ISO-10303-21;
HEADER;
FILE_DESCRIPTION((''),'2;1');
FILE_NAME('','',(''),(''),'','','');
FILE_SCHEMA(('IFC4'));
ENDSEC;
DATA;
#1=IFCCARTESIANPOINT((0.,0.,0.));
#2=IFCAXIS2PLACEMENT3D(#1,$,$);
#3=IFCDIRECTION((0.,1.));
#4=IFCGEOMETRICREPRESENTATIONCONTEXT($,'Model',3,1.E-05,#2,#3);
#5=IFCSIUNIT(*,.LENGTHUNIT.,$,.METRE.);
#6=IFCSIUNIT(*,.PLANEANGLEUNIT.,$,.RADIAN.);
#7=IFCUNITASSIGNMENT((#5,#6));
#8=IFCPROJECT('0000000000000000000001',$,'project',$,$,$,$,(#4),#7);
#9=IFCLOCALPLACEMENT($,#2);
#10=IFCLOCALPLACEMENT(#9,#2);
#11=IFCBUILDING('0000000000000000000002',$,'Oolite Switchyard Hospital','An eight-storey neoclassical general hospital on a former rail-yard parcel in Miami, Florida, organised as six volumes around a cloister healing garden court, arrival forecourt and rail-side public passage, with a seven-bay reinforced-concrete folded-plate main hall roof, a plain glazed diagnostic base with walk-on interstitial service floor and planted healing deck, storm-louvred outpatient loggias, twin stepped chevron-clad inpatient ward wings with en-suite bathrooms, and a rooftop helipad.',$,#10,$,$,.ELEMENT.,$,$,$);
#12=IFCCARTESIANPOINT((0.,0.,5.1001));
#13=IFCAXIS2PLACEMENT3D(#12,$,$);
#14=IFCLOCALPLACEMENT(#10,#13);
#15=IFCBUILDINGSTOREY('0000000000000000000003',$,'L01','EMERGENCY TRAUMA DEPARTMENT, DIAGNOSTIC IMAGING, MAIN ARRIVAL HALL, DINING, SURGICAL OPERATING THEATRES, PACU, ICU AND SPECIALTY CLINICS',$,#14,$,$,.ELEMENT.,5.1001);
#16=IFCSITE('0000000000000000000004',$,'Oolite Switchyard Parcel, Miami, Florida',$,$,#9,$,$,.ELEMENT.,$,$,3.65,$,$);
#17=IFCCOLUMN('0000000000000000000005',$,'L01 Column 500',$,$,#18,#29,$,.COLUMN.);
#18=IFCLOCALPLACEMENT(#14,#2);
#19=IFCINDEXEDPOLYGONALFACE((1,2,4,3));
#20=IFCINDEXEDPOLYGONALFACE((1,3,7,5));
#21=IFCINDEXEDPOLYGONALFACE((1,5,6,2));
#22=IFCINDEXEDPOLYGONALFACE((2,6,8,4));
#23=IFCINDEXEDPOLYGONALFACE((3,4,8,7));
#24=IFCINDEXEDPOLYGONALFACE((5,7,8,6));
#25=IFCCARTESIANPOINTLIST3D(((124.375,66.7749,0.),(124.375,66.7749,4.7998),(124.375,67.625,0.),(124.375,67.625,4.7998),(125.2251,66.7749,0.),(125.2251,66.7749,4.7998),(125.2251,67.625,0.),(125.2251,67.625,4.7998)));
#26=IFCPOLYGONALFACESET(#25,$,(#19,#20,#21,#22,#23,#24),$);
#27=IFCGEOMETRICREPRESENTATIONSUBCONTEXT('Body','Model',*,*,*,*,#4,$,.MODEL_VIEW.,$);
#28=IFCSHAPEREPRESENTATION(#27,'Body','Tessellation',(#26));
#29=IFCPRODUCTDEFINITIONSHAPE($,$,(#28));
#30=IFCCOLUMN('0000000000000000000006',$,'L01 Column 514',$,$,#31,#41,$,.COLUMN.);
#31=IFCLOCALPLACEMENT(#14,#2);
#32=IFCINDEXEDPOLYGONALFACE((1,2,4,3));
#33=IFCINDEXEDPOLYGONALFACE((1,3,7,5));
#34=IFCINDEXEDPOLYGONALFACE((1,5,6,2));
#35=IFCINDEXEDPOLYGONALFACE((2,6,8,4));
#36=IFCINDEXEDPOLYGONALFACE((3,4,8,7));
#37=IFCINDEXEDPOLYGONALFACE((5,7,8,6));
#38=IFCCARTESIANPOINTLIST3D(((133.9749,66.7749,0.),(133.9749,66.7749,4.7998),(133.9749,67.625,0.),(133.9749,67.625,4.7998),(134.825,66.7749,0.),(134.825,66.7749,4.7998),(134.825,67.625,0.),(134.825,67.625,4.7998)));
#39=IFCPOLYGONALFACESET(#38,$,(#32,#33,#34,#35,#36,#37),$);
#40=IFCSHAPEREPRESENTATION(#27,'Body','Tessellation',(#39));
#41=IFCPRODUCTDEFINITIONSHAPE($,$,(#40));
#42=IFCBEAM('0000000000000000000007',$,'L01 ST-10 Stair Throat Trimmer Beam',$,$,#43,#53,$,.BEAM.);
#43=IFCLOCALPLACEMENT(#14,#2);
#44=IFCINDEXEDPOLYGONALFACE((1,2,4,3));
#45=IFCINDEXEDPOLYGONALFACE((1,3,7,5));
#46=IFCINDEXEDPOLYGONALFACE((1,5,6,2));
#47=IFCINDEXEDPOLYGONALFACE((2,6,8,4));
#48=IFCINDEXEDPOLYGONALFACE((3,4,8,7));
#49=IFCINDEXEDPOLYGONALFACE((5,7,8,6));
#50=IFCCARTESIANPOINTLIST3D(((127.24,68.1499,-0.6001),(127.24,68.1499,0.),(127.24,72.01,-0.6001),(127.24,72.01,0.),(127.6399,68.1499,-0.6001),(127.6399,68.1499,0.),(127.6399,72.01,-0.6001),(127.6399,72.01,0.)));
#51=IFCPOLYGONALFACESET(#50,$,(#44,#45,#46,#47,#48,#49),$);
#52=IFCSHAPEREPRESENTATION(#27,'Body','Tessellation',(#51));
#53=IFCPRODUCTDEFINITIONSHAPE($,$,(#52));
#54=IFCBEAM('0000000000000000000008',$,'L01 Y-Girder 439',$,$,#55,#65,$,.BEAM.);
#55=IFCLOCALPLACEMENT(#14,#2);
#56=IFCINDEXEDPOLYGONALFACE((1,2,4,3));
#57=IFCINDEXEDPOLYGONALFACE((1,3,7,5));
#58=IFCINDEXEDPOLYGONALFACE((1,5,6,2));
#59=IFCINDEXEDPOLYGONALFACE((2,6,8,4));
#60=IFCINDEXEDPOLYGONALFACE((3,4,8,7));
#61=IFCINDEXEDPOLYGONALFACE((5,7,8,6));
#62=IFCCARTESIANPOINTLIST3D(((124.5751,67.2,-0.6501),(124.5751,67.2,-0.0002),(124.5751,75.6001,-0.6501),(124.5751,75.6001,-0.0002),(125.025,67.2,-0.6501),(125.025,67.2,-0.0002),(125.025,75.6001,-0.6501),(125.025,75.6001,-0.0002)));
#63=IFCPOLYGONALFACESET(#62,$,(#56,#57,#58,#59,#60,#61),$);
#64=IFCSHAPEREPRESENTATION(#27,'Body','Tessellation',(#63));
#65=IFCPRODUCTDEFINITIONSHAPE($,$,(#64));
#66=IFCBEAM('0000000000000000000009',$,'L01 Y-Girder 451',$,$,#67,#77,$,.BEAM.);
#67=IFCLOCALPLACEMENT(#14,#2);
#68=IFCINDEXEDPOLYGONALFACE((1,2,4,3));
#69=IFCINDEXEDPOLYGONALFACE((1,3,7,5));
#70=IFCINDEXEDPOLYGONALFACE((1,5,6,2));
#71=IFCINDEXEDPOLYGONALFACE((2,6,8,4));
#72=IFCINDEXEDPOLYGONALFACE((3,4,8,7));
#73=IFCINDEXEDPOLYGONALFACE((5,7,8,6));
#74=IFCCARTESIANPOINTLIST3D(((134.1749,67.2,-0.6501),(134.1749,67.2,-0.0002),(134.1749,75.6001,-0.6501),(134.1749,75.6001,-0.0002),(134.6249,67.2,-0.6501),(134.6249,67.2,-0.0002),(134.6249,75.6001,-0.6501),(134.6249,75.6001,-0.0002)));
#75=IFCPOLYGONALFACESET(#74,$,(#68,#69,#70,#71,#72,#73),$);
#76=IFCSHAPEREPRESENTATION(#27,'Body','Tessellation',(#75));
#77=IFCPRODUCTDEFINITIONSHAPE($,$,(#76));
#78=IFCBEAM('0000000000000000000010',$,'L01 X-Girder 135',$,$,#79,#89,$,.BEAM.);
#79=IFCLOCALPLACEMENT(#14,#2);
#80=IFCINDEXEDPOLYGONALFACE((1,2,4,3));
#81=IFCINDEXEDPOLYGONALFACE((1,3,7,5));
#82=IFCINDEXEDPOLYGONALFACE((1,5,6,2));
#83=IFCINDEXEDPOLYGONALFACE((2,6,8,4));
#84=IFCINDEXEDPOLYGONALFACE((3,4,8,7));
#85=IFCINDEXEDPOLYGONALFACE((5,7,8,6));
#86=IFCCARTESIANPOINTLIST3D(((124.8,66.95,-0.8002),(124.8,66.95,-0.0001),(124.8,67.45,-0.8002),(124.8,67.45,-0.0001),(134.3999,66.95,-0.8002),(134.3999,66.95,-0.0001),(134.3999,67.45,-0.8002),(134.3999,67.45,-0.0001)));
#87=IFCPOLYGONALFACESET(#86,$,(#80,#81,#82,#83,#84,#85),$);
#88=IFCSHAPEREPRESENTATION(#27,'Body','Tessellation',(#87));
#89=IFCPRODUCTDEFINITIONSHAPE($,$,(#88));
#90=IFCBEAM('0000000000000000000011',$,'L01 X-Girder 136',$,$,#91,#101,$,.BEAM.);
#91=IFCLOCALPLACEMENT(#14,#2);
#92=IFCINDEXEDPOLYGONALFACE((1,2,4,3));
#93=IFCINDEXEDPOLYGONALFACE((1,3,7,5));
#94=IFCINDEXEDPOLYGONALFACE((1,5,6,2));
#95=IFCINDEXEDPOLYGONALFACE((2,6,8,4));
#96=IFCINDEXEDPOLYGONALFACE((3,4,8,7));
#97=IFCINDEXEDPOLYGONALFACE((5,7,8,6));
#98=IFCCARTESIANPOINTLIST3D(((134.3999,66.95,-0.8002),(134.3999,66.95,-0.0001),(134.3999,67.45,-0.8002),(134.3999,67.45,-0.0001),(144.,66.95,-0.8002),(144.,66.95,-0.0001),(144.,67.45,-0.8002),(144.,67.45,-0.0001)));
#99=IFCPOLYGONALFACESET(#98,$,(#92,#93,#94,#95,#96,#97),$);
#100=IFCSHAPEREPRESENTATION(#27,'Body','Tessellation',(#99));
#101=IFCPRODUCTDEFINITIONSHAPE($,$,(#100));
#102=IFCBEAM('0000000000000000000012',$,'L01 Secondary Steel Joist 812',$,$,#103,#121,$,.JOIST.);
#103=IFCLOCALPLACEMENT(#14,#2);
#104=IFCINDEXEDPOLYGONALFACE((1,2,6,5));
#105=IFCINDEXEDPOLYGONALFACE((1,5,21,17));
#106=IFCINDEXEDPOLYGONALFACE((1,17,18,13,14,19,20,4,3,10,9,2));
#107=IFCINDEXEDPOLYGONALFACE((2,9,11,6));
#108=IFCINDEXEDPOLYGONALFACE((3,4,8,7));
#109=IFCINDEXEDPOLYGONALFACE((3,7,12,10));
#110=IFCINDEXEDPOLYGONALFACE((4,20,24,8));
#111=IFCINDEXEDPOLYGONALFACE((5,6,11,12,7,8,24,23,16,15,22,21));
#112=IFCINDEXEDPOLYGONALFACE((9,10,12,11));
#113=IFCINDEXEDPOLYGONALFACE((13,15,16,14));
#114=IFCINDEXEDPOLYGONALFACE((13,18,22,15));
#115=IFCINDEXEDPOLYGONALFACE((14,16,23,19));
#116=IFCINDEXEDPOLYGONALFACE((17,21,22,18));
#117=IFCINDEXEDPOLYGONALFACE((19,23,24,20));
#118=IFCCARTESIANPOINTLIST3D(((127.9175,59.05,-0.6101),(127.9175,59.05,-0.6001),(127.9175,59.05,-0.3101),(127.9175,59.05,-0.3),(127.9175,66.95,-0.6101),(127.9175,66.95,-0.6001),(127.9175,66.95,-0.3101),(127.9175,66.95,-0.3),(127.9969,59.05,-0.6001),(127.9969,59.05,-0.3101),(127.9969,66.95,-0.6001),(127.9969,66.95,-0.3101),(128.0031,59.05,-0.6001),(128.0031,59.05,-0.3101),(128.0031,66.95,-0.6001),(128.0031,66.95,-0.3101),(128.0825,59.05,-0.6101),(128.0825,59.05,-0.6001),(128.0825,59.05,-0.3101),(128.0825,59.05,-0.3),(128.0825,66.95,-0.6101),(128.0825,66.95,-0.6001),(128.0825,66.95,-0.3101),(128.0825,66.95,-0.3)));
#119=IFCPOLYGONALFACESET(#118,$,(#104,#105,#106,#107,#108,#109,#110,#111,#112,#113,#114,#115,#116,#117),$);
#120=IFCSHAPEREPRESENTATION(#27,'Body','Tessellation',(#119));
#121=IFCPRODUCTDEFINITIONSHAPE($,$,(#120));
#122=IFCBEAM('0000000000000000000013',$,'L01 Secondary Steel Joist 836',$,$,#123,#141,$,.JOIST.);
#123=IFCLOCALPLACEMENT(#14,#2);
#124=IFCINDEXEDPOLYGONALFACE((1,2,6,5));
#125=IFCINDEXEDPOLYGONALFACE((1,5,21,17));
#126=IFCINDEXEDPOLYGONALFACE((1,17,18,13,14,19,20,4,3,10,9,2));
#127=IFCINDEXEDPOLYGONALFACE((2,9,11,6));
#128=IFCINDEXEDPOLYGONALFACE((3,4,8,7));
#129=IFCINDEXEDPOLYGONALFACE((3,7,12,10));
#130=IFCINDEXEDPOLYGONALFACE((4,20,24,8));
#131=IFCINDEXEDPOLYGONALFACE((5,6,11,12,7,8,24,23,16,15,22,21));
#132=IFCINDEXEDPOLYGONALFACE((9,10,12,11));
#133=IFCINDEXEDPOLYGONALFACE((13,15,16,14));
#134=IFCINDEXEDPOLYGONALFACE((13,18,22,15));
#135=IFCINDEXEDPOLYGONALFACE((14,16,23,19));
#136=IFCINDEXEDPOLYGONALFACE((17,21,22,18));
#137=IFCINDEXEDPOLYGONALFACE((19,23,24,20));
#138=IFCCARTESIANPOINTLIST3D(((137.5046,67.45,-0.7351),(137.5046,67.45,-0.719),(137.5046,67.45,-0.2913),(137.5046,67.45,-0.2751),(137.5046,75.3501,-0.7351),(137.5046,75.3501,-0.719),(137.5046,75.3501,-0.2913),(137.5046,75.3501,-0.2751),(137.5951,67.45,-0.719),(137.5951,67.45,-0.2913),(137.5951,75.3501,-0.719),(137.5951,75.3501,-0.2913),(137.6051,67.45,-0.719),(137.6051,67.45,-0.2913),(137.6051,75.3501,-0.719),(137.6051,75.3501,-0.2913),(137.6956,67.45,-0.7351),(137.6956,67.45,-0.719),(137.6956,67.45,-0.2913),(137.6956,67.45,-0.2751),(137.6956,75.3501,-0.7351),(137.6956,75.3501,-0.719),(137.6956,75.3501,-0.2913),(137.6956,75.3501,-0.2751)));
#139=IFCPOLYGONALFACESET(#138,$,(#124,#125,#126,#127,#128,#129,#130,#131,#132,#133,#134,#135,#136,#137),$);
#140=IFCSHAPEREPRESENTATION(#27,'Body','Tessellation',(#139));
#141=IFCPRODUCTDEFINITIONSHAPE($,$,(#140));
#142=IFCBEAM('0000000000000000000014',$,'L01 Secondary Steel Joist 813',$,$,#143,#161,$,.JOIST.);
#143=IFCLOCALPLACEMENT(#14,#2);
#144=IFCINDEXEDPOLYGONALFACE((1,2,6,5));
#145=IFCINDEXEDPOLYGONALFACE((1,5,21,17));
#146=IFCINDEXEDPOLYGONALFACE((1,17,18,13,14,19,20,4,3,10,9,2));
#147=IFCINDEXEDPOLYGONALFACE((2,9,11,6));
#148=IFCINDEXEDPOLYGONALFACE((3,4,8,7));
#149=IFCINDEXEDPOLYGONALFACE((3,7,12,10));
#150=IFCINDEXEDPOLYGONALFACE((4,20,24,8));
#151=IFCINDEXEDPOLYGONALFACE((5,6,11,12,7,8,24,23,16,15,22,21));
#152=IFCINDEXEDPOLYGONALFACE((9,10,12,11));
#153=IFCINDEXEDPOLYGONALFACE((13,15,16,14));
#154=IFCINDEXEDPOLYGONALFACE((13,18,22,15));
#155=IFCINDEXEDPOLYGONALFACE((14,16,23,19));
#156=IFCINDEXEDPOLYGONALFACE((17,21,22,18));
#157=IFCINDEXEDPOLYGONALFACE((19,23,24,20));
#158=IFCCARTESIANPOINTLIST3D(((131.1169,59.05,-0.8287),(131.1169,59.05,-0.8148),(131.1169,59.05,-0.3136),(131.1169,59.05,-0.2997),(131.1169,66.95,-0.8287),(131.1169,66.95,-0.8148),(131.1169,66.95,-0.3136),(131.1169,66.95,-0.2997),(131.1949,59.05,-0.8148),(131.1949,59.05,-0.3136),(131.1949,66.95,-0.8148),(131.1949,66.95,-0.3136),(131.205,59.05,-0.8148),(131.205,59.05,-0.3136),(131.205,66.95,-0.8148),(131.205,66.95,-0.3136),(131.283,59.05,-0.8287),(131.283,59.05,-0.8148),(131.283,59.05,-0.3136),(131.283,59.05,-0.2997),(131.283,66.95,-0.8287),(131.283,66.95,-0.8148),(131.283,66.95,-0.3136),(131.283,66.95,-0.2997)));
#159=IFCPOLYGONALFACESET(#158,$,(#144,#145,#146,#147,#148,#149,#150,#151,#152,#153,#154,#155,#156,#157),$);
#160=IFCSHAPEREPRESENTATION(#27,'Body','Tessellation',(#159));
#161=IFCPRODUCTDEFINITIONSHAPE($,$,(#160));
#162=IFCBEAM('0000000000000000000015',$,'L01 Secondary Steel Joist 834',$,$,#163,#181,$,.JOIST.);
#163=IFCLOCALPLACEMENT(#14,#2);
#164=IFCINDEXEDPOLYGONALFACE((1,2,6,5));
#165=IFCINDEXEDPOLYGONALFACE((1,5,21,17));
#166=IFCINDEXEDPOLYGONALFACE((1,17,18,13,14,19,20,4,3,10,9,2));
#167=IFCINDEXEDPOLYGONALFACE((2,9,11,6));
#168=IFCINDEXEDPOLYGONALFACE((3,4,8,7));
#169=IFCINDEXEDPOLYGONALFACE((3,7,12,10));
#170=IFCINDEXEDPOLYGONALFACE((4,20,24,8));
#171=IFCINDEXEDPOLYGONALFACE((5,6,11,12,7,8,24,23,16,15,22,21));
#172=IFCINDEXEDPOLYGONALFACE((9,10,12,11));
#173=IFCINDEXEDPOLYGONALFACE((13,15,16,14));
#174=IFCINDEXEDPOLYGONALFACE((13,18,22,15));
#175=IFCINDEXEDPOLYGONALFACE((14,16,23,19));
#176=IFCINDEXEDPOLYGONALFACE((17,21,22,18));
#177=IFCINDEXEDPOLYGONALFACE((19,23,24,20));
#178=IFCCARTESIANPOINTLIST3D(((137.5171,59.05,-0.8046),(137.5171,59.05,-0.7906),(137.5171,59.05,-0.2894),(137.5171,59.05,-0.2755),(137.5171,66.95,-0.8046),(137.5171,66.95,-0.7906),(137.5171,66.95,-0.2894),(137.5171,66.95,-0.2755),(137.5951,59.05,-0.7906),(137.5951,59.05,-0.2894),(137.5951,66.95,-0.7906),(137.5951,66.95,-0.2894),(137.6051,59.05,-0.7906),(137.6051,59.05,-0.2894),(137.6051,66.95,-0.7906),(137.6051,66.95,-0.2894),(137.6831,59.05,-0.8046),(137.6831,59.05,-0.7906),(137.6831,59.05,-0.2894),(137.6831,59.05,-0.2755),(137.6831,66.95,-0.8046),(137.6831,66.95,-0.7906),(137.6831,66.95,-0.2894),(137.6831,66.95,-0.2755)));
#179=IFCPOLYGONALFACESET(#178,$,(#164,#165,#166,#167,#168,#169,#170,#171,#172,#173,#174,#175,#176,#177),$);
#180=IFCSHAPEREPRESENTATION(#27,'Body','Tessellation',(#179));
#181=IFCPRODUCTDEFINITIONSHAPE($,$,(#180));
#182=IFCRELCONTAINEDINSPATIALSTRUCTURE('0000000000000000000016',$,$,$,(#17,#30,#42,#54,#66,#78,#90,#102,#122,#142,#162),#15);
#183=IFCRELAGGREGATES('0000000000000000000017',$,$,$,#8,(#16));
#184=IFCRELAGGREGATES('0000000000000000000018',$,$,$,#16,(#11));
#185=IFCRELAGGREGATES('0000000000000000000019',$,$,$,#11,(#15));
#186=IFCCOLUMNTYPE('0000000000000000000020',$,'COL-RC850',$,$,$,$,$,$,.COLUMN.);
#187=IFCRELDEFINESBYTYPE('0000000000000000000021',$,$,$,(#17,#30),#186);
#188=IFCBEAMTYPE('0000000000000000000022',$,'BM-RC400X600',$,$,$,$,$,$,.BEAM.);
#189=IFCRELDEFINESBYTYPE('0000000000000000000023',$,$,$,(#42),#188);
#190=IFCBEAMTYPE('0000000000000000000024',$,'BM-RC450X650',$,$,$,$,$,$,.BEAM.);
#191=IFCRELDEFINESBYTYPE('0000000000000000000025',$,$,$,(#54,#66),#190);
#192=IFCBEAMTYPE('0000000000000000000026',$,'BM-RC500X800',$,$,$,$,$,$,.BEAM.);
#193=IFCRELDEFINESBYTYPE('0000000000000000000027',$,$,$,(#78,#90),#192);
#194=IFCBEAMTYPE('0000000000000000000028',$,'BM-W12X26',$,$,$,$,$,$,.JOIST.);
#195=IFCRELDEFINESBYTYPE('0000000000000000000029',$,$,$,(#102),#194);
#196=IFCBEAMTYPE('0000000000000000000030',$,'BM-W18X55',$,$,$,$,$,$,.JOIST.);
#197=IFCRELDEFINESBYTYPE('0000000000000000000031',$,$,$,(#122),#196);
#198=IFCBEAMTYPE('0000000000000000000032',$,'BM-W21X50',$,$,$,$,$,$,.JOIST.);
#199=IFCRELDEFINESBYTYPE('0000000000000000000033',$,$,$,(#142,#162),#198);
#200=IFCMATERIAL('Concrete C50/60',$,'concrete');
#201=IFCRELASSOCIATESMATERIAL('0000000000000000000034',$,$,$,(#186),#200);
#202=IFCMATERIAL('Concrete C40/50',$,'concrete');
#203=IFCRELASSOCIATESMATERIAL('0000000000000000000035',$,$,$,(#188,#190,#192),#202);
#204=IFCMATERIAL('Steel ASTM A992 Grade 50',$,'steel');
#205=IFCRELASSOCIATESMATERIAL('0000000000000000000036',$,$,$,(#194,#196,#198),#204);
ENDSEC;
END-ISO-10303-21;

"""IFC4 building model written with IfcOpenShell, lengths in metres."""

from ifc_helpers import new_model, si_unit, direction, frame, origin, origin_2d, place, context, subcontext, project, spatial, rectangle, i_section, extrude, material, material_profile, profile_set, type_object, element, save


model = new_model("IFC4")

# Units and contexts
model_context = context("Model", 3, precision=1e-05, world=origin(), true_north=direction((0.0, 1.0)))
body_context = subcontext(model_context, "Body", "Model", "MODEL_VIEW")
ifc_project = project(units=[si_unit("LENGTHUNIT", "METRE"), si_unit("PLANEANGLEUNIT", "RADIAN")], contexts=[model_context])

# Site, building, storey
site_placement = place(None, origin())
site = spatial("IfcSite", under=ifc_project, at=site_placement, Name="Oolite Switchyard Parcel, Miami, Florida", CompositionType="ELEMENT", RefElevation=3.65)
building_placement = place(site_placement, origin())
building = spatial("IfcBuilding", under=site, at=building_placement, Name="Oolite Switchyard Hospital", Description="An eight-storey neoclassical general hospital on a former rail-yard parcel in Miami, Florida, organised as six volumes around a cloister healing garden court, arrival forecourt and rail-side public passage, with a seven-bay reinforced-concrete folded-plate main hall roof, a plain glazed diagnostic base with walk-on interstitial service floor and planted healing deck, storm-louvred outpatient loggias, twin stepped chevron-clad inpatient ward wings with en-suite bathrooms, and a rooftop helipad.", CompositionType="ELEMENT")
storey_placement = place(building_placement, frame((0.0, 0.0, 5.1001)))
storey = spatial("IfcBuildingStorey", under=building, at=storey_placement, Name="L01", Description="EMERGENCY TRAUMA DEPARTMENT, DIAGNOSTIC IMAGING, MAIN ARRIVAL HALL, DINING, SURGICAL OPERATING THEATRES, PACU, ICU AND SPECIALTY CLINICS", CompositionType="ELEMENT", Elevation=5.1001)

# Columns
ifc_material_1 = material(Name="Concrete C50/60", Category="concrete")
ifc_material_profile_1 = material_profile(ifc_material_1, rectangle(XDim=0.8501, YDim=0.8501, at=origin_2d()), Name="RC850X850")
ifc_profile_set_1 = profile_set([ifc_material_profile_1], Name="Concrete C50/60")
column_type = type_object("IfcColumnType", Name="COL-RC850", PredefinedType="COLUMN", material=ifc_profile_set_1)
for number, where, z_axis, x_axis, name in (
    (1, (124.8, 67.2, 0.0), (0.0, 0.0, 1.0), (1.0, 0.0, 0.0), "L01 Column 500"),
    (2, (134.3999, 67.2, 0.0), (0.0, 0.0, 1.0), (1.0, 0.0, 0.0), "L01 Column 514"),
):
    element("IfcColumn", number, at=place(storey_placement, frame(where, z_axis=z_axis, x_axis=x_axis)), inside=storey, type_object=column_type, Name=name, PredefinedType="COLUMN", context=body_context, shape_type="SweptSolid", body=[
        extrude(rectangle(XDim=0.8501, YDim=0.8501, at=origin_2d()), origin(), (0.0, 0.0, 1.0), 4.7998),
    ])

# Beams
ifc_material_2 = material(Name="Concrete C40/50", Category="concrete")
ifc_material_profile_2 = material_profile(ifc_material_2, rectangle(XDim=0.3999, YDim=0.6001, at=origin_2d()), Name="RCB400X600")
ifc_profile_set_2 = profile_set([ifc_material_profile_2], Name="Concrete C40/50")
beam_type_1 = type_object("IfcBeamType", Name="BM-RC400X600", PredefinedType="BEAM", material=ifc_profile_set_2)
beam_1_placement = place(storey_placement, frame((127.4399, 68.1499, -0.3), z_axis=(0.0, 1.0, 0.0), x_axis=(-1.0, 0.0, 0.0)))
element("IfcBeam", 3, at=beam_1_placement, inside=storey, type_object=beam_type_1, Name="L01 ST-10 Stair Throat Trimmer Beam", PredefinedType="BEAM", context=body_context, shape_type="SweptSolid", body=[
    extrude(rectangle(XDim=0.3999, YDim=0.6001, at=origin_2d()), origin(), (0.0, 0.0, 1.0), 3.8601),
])
ifc_material_profile_3 = material_profile(ifc_material_2, rectangle(XDim=0.45, YDim=0.6499, at=origin_2d()), Name="RCB450X650")
ifc_profile_set_3 = profile_set([ifc_material_profile_3], Name="Concrete C40/50")
beam_type_2 = type_object("IfcBeamType", Name="BM-RC450X650", PredefinedType="BEAM", material=ifc_profile_set_3)
for number, where, z_axis, x_axis, name in (
    (4, (124.8, 67.2, -0.3252), (0.0, 1.0, 0.0), (-1.0, 0.0, 0.0), "L01 Y-Girder 439"),
    (5, (134.3999, 67.2, -0.3252), (0.0, 1.0, 0.0), (-1.0, 0.0, 0.0), "L01 Y-Girder 451"),
):
    element("IfcBeam", number, at=place(storey_placement, frame(where, z_axis=z_axis, x_axis=x_axis)), inside=storey, type_object=beam_type_2, Name=name, PredefinedType="BEAM", context=body_context, shape_type="SweptSolid", body=[
        extrude(rectangle(XDim=0.45, YDim=0.6499, at=origin_2d()), origin(), (0.0, 0.0, 1.0), 8.4001),
    ])
ifc_material_profile_4 = material_profile(ifc_material_2, rectangle(XDim=0.5, YDim=0.8, at=origin_2d()), Name="RCB500X800")
ifc_profile_set_4 = profile_set([ifc_material_profile_4], Name="Concrete C40/50")
beam_type_3 = type_object("IfcBeamType", Name="BM-RC500X800", PredefinedType="BEAM", material=ifc_profile_set_4)
beam_2_placement = place(storey_placement, frame((124.8, 67.2, -0.4001), z_axis=(1.0, 0.0, 0.0), x_axis=(0.0, 1.0, 0.0)))
element("IfcBeam", 6, at=beam_2_placement, inside=storey, type_object=beam_type_3, Name="L01 X-Girder 135", PredefinedType="BEAM", context=body_context, shape_type="SweptSolid", body=[
    extrude(rectangle(XDim=0.5, YDim=0.8, at=origin_2d()), origin(), (0.0, 0.0, 1.0), 9.5999),
])
beam_3_placement = place(storey_placement, frame((134.3999, 67.2, -0.4001), z_axis=(1.0, 0.0, 0.0), x_axis=(0.0, 1.0, 0.0)))
element("IfcBeam", 7, at=beam_3_placement, inside=storey, type_object=beam_type_3, Name="L01 X-Girder 136", PredefinedType="BEAM", context=body_context, shape_type="SweptSolid", body=[
    extrude(rectangle(XDim=0.5, YDim=0.8, at=origin_2d()), origin(), (0.0, 0.0, 1.0), 9.6001),
])
ifc_material_3 = material(Name="Steel ASTM A992 Grade 50", Category="steel")
ifc_material_profile_5 = material_profile(ifc_material_3, i_section(OverallWidth=0.165, OverallDepth=0.3101, WebThickness=0.0061, FlangeThickness=0.01, at=origin_2d()), Name="W12X26")
ifc_profile_set_5 = profile_set([ifc_material_profile_5], Name="Steel ASTM A992 Grade 50")
beam_type_4 = type_object("IfcBeamType", Name="BM-W12X26", PredefinedType="JOIST", material=ifc_profile_set_5)
beam_4_placement = place(storey_placement, frame((128.0, 59.05, -0.4551), z_axis=(0.0, 1.0, 0.0), x_axis=(-1.0, 0.0, 0.0)))
element("IfcBeam", 8, at=beam_4_placement, inside=storey, type_object=beam_type_4, Name="L01 Secondary Steel Joist 812", PredefinedType="JOIST", context=body_context, shape_type="SweptSolid", body=[
    extrude(i_section(OverallWidth=0.165, OverallDepth=0.3101, WebThickness=0.0061, FlangeThickness=0.01, at=origin_2d()), origin(), (0.0, 0.0, 1.0), 7.8999),
])
ifc_material_profile_6 = material_profile(ifc_material_3, i_section(OverallWidth=0.1909, OverallDepth=0.46, WebThickness=0.01, FlangeThickness=0.0161, at=origin_2d()), Name="W18X55")
ifc_profile_set_6 = profile_set([ifc_material_profile_6], Name="Steel ASTM A992 Grade 50")
beam_type_5 = type_object("IfcBeamType", Name="BM-W18X55", PredefinedType="JOIST", material=ifc_profile_set_6)
beam_5_placement = place(storey_placement, frame((137.6001, 67.45, -0.5051), z_axis=(0.0, 1.0, 0.0), x_axis=(-1.0, 0.0, 0.0)))
element("IfcBeam", 9, at=beam_5_placement, inside=storey, type_object=beam_type_5, Name="L01 Secondary Steel Joist 836", PredefinedType="JOIST", context=body_context, shape_type="SweptSolid", body=[
    extrude(i_section(OverallWidth=0.1909, OverallDepth=0.46, WebThickness=0.01, FlangeThickness=0.0161, at=origin_2d()), origin(), (0.0, 0.0, 1.0), 7.9001),
])
ifc_material_profile_7 = material_profile(ifc_material_3, i_section(OverallWidth=0.166, OverallDepth=0.5291, WebThickness=0.01, FlangeThickness=0.0139, at=origin_2d()), Name="W21X50")
ifc_profile_set_7 = profile_set([ifc_material_profile_7], Name="Steel ASTM A992 Grade 50")
beam_type_6 = type_object("IfcBeamType", Name="BM-W21X50", PredefinedType="JOIST", material=ifc_profile_set_7)
for number, where, z_axis, x_axis, name in (
    (10, (131.2, 59.05, -0.5642), (0.0, 1.0, 0.0), (-1.0, 0.0, 0.0), "L01 Secondary Steel Joist 813"),
    (11, (137.6001, 59.05, -0.54), (0.0, 1.0, 0.0), (-1.0, 0.0, 0.0), "L01 Secondary Steel Joist 834"),
):
    element("IfcBeam", number, at=place(storey_placement, frame(where, z_axis=z_axis, x_axis=x_axis)), inside=storey, type_object=beam_type_6, Name=name, PredefinedType="JOIST", context=body_context, shape_type="SweptSolid", body=[
        extrude(i_section(OverallWidth=0.166, OverallDepth=0.5291, WebThickness=0.01, FlangeThickness=0.0139, at=origin_2d()), origin(), (0.0, 0.0, 1.0), 7.8999),
    ])

save(model, "model.ifc")
